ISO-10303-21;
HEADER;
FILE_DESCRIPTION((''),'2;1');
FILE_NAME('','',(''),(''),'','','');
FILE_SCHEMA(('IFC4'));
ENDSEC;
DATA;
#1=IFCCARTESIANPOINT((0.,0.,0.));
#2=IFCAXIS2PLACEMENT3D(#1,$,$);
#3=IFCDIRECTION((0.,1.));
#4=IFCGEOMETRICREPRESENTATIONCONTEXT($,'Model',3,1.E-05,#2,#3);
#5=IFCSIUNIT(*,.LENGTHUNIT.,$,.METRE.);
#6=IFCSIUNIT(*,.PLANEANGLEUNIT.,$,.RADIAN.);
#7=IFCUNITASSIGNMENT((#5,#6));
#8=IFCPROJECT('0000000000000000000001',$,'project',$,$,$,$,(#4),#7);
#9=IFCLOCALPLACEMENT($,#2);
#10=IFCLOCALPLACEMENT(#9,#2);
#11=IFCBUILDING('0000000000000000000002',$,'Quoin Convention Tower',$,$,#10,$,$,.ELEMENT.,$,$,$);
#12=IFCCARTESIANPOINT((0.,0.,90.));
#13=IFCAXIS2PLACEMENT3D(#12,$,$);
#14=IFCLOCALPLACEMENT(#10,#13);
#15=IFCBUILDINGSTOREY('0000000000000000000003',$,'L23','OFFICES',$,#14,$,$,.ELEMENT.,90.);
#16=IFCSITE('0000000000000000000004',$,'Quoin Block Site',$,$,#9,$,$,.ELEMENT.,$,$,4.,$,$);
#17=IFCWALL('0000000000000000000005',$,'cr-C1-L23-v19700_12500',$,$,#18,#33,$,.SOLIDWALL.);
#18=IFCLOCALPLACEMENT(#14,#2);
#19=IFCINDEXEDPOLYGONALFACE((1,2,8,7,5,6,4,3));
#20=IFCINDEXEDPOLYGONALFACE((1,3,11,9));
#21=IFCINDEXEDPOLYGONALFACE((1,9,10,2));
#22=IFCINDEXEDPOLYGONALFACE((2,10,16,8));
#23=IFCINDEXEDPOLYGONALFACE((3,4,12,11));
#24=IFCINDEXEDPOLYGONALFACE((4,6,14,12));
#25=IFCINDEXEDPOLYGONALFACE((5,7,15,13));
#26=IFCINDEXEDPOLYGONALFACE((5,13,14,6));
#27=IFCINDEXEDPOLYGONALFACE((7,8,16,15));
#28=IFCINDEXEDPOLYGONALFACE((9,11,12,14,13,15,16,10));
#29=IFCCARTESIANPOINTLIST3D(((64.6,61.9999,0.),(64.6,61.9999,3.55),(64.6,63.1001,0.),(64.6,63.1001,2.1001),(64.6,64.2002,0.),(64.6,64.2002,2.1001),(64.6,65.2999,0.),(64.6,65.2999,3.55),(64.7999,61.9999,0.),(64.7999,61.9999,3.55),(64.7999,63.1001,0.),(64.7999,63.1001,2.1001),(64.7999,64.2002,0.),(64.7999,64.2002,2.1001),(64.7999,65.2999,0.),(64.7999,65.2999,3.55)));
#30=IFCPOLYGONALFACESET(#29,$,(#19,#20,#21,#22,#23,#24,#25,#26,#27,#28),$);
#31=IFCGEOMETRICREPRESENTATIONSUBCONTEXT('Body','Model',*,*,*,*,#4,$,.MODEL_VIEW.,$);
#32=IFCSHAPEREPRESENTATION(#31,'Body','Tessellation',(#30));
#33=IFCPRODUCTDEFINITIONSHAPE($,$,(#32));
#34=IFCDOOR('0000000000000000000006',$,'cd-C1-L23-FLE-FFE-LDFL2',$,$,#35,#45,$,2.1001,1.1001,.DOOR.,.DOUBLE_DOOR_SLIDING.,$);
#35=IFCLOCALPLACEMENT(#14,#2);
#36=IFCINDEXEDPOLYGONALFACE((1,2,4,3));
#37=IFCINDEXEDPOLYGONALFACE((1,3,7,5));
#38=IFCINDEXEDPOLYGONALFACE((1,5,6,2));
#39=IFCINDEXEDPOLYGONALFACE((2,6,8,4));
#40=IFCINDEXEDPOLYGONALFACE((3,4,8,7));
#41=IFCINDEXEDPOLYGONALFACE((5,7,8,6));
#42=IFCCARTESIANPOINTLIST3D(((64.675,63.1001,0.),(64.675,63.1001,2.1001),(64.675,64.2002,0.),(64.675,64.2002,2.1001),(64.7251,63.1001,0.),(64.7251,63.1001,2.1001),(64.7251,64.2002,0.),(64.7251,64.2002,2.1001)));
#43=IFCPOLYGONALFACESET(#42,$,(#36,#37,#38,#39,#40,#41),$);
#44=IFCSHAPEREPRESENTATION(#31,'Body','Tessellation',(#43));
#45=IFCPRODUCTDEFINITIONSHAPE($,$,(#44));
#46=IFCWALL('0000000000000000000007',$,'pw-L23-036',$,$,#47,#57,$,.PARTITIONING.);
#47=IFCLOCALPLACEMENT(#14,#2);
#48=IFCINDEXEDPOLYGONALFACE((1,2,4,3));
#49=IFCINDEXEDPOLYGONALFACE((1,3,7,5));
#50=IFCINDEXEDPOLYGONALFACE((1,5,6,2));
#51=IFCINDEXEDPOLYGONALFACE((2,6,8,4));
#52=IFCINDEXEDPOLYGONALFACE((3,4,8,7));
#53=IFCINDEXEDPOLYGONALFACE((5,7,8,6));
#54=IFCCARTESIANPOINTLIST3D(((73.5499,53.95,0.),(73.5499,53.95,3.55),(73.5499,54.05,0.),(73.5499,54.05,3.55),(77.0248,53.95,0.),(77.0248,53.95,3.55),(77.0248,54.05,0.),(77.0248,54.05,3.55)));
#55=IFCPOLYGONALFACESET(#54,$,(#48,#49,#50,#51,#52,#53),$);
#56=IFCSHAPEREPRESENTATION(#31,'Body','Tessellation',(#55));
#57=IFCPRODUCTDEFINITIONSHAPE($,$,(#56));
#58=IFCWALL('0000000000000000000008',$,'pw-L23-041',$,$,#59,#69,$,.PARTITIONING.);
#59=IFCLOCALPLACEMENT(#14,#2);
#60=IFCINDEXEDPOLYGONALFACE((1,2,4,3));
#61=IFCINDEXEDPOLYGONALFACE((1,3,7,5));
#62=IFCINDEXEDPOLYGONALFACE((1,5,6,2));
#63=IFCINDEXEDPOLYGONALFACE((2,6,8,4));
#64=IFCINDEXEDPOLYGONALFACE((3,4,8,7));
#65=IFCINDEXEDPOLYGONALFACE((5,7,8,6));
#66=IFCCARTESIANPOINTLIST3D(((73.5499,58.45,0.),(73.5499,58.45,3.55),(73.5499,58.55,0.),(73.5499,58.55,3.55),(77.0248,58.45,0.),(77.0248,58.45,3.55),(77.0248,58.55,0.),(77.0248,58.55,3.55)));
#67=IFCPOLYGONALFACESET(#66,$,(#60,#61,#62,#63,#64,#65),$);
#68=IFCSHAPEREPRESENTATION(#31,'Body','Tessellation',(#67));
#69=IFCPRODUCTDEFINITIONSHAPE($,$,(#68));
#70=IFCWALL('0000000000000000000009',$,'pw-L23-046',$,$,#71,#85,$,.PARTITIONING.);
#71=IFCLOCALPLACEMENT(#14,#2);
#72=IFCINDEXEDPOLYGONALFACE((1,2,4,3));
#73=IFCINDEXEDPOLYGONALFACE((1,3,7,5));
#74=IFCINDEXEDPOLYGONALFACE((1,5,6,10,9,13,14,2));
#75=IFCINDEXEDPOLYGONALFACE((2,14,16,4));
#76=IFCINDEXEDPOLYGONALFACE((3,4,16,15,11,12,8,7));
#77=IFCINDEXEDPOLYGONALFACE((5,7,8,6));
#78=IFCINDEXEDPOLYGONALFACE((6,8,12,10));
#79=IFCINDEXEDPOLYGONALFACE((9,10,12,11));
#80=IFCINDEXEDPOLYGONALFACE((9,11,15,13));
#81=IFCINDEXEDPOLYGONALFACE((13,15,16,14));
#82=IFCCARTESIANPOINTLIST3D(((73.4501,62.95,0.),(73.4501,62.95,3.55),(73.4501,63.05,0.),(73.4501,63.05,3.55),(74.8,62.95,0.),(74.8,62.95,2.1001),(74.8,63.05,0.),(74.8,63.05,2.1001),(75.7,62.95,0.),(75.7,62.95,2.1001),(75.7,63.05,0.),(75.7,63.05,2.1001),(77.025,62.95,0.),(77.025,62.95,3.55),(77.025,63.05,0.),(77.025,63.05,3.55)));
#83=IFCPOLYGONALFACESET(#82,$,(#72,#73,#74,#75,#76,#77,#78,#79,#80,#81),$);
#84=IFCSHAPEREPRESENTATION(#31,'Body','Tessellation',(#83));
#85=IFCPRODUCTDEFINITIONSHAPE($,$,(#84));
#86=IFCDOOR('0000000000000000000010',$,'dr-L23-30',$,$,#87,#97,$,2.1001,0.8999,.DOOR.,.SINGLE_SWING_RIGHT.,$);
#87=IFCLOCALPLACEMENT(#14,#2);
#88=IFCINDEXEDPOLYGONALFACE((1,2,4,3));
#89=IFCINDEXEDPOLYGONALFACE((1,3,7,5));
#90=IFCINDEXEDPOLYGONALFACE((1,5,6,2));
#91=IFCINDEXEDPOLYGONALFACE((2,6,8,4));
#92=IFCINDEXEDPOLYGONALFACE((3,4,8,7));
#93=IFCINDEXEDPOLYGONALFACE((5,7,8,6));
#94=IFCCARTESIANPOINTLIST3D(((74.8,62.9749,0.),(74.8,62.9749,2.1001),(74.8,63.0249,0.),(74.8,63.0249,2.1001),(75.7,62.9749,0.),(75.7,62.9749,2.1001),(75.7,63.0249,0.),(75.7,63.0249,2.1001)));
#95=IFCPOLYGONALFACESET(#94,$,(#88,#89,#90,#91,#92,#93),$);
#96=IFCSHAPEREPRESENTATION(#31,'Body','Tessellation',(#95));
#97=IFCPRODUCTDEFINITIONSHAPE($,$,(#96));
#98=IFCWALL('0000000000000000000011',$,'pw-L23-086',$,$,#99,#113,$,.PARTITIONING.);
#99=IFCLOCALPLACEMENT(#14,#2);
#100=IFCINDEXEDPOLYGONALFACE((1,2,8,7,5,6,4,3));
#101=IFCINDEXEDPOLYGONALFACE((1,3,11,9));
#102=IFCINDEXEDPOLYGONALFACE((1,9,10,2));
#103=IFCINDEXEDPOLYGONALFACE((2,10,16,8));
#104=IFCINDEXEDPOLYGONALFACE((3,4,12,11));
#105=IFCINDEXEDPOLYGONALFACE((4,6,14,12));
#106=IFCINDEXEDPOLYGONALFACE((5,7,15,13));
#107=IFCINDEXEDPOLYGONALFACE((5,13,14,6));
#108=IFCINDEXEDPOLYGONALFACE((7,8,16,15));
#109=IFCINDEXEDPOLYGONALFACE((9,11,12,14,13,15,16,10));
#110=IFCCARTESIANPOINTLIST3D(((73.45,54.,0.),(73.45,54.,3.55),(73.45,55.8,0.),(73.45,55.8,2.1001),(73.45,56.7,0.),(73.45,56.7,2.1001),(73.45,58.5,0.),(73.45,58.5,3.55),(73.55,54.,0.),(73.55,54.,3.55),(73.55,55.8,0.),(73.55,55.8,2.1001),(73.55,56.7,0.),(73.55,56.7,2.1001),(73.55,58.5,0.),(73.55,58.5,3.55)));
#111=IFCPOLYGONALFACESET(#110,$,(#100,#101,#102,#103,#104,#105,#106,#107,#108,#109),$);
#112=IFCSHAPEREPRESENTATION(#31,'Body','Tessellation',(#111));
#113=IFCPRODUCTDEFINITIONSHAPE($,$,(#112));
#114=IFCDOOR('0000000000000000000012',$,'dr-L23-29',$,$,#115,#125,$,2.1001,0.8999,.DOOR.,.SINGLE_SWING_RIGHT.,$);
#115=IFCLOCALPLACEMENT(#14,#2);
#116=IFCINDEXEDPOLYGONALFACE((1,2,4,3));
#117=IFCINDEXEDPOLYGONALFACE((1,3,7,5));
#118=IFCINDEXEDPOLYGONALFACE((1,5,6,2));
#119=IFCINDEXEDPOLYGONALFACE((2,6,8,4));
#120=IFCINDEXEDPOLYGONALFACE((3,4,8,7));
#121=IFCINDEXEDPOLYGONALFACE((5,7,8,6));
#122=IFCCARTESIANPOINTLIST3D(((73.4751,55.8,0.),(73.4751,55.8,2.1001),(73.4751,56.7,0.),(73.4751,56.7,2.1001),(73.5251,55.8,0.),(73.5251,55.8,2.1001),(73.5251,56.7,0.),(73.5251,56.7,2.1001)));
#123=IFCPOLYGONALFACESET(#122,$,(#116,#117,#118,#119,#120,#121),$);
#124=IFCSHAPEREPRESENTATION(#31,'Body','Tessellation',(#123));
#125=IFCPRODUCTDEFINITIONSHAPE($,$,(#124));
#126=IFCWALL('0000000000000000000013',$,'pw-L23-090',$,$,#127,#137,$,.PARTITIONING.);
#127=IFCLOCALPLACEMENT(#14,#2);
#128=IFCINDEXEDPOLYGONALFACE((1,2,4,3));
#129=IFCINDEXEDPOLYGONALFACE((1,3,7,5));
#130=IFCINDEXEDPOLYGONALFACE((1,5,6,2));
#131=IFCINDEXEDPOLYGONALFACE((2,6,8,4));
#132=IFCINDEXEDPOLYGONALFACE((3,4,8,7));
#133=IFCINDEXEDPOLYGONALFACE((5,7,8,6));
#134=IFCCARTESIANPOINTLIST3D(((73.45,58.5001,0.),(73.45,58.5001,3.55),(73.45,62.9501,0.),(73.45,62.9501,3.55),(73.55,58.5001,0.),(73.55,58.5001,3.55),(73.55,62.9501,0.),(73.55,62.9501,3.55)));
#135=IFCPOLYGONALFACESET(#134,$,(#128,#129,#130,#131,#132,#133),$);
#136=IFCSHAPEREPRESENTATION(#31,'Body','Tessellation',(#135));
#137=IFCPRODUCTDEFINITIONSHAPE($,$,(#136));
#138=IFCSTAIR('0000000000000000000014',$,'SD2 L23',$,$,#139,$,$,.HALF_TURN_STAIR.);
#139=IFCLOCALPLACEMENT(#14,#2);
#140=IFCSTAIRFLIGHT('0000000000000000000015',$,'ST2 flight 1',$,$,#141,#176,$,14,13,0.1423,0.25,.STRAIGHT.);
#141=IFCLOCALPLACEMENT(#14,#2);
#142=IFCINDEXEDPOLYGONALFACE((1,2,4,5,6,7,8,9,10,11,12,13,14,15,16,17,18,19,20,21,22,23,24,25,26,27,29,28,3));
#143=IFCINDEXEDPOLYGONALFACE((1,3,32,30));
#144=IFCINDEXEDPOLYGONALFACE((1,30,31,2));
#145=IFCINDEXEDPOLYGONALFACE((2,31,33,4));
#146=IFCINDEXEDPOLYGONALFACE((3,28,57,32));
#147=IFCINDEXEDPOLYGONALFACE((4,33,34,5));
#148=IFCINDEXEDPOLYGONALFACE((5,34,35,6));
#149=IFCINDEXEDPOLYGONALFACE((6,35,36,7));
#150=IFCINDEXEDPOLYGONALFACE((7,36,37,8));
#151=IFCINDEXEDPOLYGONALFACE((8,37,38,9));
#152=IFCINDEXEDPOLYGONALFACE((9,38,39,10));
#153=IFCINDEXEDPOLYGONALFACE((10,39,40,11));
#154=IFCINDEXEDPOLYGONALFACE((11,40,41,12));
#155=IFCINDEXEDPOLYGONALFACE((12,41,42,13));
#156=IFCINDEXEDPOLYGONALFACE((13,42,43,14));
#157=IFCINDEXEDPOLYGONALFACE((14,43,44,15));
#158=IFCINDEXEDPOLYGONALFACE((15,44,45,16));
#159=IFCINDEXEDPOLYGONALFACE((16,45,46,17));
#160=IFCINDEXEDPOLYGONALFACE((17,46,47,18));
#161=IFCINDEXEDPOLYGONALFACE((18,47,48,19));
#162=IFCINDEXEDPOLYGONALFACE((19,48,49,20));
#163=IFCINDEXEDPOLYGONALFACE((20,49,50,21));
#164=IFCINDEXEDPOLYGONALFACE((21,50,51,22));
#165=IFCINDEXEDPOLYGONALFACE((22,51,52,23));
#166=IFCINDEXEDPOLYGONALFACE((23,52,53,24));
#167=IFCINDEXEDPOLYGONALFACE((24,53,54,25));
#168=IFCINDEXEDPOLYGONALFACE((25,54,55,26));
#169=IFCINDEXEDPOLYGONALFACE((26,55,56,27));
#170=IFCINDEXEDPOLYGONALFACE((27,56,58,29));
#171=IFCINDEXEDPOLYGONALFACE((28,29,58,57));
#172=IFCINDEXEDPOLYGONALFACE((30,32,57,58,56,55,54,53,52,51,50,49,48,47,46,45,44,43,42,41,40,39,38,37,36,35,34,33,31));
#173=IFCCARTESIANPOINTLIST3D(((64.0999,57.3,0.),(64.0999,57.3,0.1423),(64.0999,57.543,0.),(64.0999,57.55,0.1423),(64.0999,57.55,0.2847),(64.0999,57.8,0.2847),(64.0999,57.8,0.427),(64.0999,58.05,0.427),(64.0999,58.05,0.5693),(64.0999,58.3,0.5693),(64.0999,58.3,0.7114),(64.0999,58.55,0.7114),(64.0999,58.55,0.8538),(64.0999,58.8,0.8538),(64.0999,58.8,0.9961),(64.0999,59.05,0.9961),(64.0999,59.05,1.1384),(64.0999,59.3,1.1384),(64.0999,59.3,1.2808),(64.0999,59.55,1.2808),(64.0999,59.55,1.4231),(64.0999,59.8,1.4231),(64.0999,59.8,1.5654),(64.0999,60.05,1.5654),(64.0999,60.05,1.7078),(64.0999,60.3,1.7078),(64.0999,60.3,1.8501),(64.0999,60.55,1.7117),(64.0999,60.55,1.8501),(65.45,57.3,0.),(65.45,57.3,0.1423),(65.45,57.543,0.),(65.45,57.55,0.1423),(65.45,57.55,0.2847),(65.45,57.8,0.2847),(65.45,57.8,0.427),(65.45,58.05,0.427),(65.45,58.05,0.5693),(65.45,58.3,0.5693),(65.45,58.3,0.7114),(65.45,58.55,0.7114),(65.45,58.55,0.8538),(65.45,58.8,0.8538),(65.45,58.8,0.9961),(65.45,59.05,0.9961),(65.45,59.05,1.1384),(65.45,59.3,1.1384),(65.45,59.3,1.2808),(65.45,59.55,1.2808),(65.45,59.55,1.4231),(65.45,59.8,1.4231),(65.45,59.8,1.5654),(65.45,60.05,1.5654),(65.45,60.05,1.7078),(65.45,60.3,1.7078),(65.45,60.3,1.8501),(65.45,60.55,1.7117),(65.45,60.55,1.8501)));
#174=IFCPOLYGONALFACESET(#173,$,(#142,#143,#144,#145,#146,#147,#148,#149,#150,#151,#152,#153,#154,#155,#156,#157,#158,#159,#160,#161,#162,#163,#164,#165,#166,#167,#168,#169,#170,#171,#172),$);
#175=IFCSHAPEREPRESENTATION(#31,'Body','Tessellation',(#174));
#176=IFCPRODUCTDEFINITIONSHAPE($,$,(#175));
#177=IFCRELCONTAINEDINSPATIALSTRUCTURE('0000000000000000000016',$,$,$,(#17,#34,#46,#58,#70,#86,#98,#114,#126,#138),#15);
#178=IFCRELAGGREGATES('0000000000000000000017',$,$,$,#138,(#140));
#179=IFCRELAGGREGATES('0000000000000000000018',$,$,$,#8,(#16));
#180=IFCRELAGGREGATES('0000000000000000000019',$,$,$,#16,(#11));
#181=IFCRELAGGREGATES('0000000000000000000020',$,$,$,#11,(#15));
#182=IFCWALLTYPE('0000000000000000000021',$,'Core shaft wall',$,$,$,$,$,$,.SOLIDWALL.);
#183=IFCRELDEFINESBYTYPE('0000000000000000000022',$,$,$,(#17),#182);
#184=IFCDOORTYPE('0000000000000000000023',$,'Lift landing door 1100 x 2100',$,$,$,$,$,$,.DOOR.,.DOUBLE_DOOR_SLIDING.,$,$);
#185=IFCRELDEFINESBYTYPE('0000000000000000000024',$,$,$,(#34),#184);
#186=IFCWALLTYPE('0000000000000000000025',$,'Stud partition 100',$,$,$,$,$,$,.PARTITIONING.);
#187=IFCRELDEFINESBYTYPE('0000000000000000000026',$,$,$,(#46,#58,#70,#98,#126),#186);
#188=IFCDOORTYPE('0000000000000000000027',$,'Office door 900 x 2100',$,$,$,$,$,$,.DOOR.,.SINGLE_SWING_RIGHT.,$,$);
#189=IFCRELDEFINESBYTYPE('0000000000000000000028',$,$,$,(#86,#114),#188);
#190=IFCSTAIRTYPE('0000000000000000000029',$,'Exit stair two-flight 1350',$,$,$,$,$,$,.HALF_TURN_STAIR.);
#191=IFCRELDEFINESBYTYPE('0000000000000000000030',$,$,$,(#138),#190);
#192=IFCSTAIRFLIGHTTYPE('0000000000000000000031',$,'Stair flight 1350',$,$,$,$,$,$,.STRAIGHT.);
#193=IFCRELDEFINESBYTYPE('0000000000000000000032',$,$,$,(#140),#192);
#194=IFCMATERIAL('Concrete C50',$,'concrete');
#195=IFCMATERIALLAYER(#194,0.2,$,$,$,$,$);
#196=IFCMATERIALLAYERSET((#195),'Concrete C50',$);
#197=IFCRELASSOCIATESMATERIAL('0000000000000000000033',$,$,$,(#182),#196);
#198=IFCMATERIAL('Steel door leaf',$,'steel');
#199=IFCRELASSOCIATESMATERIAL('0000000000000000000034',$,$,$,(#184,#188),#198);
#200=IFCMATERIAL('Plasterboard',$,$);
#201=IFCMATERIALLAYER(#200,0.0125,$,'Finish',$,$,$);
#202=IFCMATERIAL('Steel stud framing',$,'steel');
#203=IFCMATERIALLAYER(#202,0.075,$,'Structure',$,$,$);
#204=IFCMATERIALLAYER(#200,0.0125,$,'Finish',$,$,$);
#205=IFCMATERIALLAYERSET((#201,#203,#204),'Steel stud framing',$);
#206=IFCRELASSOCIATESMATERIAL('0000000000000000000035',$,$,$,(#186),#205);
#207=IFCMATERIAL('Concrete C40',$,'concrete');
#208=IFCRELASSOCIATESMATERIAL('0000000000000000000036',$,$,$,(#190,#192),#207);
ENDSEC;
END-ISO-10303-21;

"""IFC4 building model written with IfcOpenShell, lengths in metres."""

from ifc_helpers import new_model, si_unit, direction, frame, frame_2d, origin, place, context, subcontext, project, spatial, polyline, rectangle, outline, extrude, material, layer, layer_set, type_object, element, fill, aggregate, save


model = new_model("IFC4")

# Units and contexts
model_context = context("Model", 3, precision=1e-05, world=origin(), true_north=direction((0.0, 1.0)))
body_context = subcontext(model_context, "Body", "Model", "MODEL_VIEW")
ifc_project = project(units=[si_unit("LENGTHUNIT", "METRE"), si_unit("PLANEANGLEUNIT", "RADIAN")], contexts=[model_context])

# Site, building, storey
site_placement = place(None, origin())
site = spatial("IfcSite", under=ifc_project, at=site_placement, Name="Quoin Block Site", CompositionType="ELEMENT", RefElevation=4.0)
building_placement = place(site_placement, origin())
building = spatial("IfcBuilding", under=site, at=building_placement, Name="Quoin Convention Tower", CompositionType="ELEMENT")
storey_placement = place(building_placement, frame((0.0, 0.0, 90.0)))
storey = spatial("IfcBuildingStorey", under=building, at=storey_placement, Name="L23", Description="OFFICES", CompositionType="ELEMENT", Elevation=90.0)

# Shared definitions
ifc_material_1 = material(Name="Plasterboard")
ifc_material_2 = material(Name="Steel stud framing", Category="steel")
ifc_material_3 = material(Name="Concrete C50", Category="concrete")
ifc_layer_1 = layer(ifc_material_3, 0.2)
ifc_layer_set_1 = layer_set([ifc_layer_1], Name="Concrete C50")
wall_type_1 = type_object("IfcWallType", Name="Core shaft wall", PredefinedType="SOLIDWALL", material=ifc_layer_set_1)

# Wall, opening, door
wall_1_placement = place(storey_placement, frame((64.7, 62.0, 0.0), z_axis=(0.0, 0.0, 1.0), x_axis=(0.0, 1.0, 0.0)))
wall_1 = element("IfcWall", 1, at=wall_1_placement, inside=storey, type_object=wall_type_1, Name="cr-C1-L23-v19700_12500", PredefinedType="SOLIDWALL", context=body_context, shape_type="SweptSolid", body=[
    extrude(rectangle(XDim=3.3, YDim=0.2, at=frame_2d((1.6499, 0.0))), origin(), (0.0, 0.0, 1.0), 3.55),
])
opening_1_placement = place(wall_1_placement, frame((1.1001, 0.0, 0.0)))
opening_1 = element("IfcOpeningElement", 2, at=opening_1_placement, cuts=wall_1, PredefinedType="OPENING", context=body_context, shape_type="SweptSolid", body=[
    extrude(rectangle(XDim=1.1001, YDim=2.1001, at=frame_2d((0.55, 1.05))), frame((0.0, 0.1099, 0.0), z_axis=(0.0, -1.0, 0.0), x_axis=(1.0, 0.0, 0.0)), (0.0, 0.0, 1.0), 0.22),
])
ifc_material_4 = material(Name="Steel door leaf", Category="steel")
door_type_1 = type_object("IfcDoorType", Name="Lift landing door 1100 x 2100", OperationType="DOUBLE_DOOR_SLIDING", PredefinedType="DOOR", material=ifc_material_4)
door_1_placement = place(opening_1_placement, origin())
door_1 = element("IfcDoor", 3, at=door_1_placement, inside=storey, type_object=door_type_1, Name="cd-C1-L23-FLE-FFE-LDFL2", OperationType="DOUBLE_DOOR_SLIDING", OverallHeight=2.1001, OverallWidth=1.1001, PredefinedType="DOOR", context=body_context, shape_type="SweptSolid", body=[
    extrude(rectangle(XDim=1.1001, YDim=2.1001, at=frame_2d((0.55, 1.05))), frame((0.0, 0.0249, 0.0), z_axis=(0.0, -1.0, 0.0), x_axis=(1.0, 0.0, 0.0)), (0.0, 0.0, 1.0), 0.05),
])
fill(opening_1, door_1)

# Walls
ifc_layer_2 = layer(ifc_material_1, 0.0125, Name="Finish")
ifc_layer_3 = layer(ifc_material_2, 0.075, Name="Structure")
ifc_layer_4 = layer(ifc_material_1, 0.0125, Name="Finish")
ifc_layer_set_2 = layer_set([ifc_layer_2, ifc_layer_3, ifc_layer_4], Name="Steel stud framing")
wall_type_2 = type_object("IfcWallType", Name="Stud partition 100", PredefinedType="PARTITIONING", material=ifc_layer_set_2)
for number, where, z_axis, x_axis, name in (
    (4, (73.55, 54.0, 0.0), (0.0, 0.0, 1.0), (1.0, 0.0, 0.0), "pw-L23-036"),
    (5, (73.55, 58.5, 0.0), (0.0, 0.0, 1.0), (1.0, 0.0, 0.0), "pw-L23-041"),
):
    element("IfcWall", number, at=place(storey_placement, frame(where, z_axis=z_axis, x_axis=x_axis)), inside=storey, type_object=wall_type_2, Name=name, PredefinedType="PARTITIONING", context=body_context, shape_type="SweptSolid", body=[
        extrude(rectangle(XDim=3.4749, YDim=0.1001, at=frame_2d((1.7373, 0.0))), origin(), (0.0, 0.0, 1.0), 3.55),
    ])

# Walls, openings, doors
wall_2_placement = place(storey_placement, frame((73.45, 63.0, 0.0), z_axis=(0.0, 0.0, 1.0), x_axis=(1.0, 0.0, 0.0)))
wall_2 = element("IfcWall", 6, at=wall_2_placement, inside=storey, type_object=wall_type_2, Name="pw-L23-046", PredefinedType="PARTITIONING", context=body_context, shape_type="SweptSolid", body=[
    extrude(rectangle(XDim=3.575, YDim=0.1001, at=frame_2d((1.7876, 0.0))), origin(), (0.0, 0.0, 1.0), 3.55),
])
opening_2_placement = place(wall_2_placement, frame((1.3501, 0.0, 0.0)))
opening_2 = element("IfcOpeningElement", 7, at=opening_2_placement, cuts=wall_2, PredefinedType="OPENING", context=body_context, shape_type="SweptSolid", body=[
    extrude(rectangle(XDim=0.8999, YDim=2.1001, at=frame_2d((0.45, 1.05))), frame((0.0, 0.0601, 0.0), z_axis=(0.0, -1.0, 0.0), x_axis=(1.0, 0.0, 0.0)), (0.0, 0.0, 1.0), 0.1201),
])
door_type_2 = type_object("IfcDoorType", Name="Office door 900 x 2100", OperationType="SINGLE_SWING_RIGHT", PredefinedType="DOOR", material=ifc_material_4)
door_2_placement = place(opening_2_placement, origin())
door_2 = element("IfcDoor", 8, at=door_2_placement, inside=storey, type_object=door_type_2, Name="dr-L23-30", OperationType="SINGLE_SWING_RIGHT", OverallHeight=2.1001, OverallWidth=0.8999, PredefinedType="DOOR", context=body_context, shape_type="SweptSolid", body=[
    extrude(rectangle(XDim=0.8999, YDim=2.1001, at=frame_2d((0.45, 1.05))), frame((0.0, 0.0249, 0.0), z_axis=(0.0, -1.0, 0.0), x_axis=(1.0, 0.0, 0.0)), (0.0, 0.0, 1.0), 0.05),
])
fill(opening_2, door_2)
wall_3_placement = place(storey_placement, frame((73.5, 54.0, 0.0), z_axis=(0.0, 0.0, 1.0), x_axis=(0.0, 1.0, 0.0)))
wall_3 = element("IfcWall", 9, at=wall_3_placement, inside=storey, type_object=wall_type_2, Name="pw-L23-086", PredefinedType="PARTITIONING", context=body_context, shape_type="SweptSolid", body=[
    extrude(rectangle(XDim=4.5, YDim=0.1001, at=frame_2d((2.25, 0.0))), origin(), (0.0, 0.0, 1.0), 3.55),
])
opening_3_placement = place(wall_3_placement, frame((1.8, 0.0, 0.0)))
opening_3 = element("IfcOpeningElement", 10, at=opening_3_placement, cuts=wall_3, PredefinedType="OPENING", context=body_context, shape_type="SweptSolid", body=[
    extrude(rectangle(XDim=0.8999, YDim=2.1001, at=frame_2d((0.45, 1.05))), frame((0.0, 0.0601, 0.0), z_axis=(0.0, -1.0, 0.0), x_axis=(1.0, 0.0, 0.0)), (0.0, 0.0, 1.0), 0.1201),
])
door_3_placement = place(opening_3_placement, origin())
door_3 = element("IfcDoor", 11, at=door_3_placement, inside=storey, type_object=door_type_2, Name="dr-L23-29", OperationType="SINGLE_SWING_RIGHT", OverallHeight=2.1001, OverallWidth=0.8999, PredefinedType="DOOR", context=body_context, shape_type="SweptSolid", body=[
    extrude(rectangle(XDim=0.8999, YDim=2.1001, at=frame_2d((0.45, 1.05))), frame((0.0, 0.0249, 0.0), z_axis=(0.0, -1.0, 0.0), x_axis=(1.0, 0.0, 0.0)), (0.0, 0.0, 1.0), 0.05),
])
fill(opening_3, door_3)

# Wall
wall_4_placement = place(storey_placement, frame((73.5, 58.5, 0.0), z_axis=(0.0, 0.0, 1.0), x_axis=(0.0, 1.0, 0.0)))
element("IfcWall", 12, at=wall_4_placement, inside=storey, type_object=wall_type_2, Name="pw-L23-090", PredefinedType="PARTITIONING", context=body_context, shape_type="SweptSolid", body=[
    extrude(rectangle(XDim=4.45, YDim=0.1001, at=frame_2d((2.2251, 0.0))), origin(), (0.0, 0.0, 1.0), 3.55),
])

# Stair, stair flight
ifc_material_5 = material(Name="Concrete C40", Category="concrete")
stair_type = type_object("IfcStairType", Name="Exit stair two-flight 1350", PredefinedType="HALF_TURN_STAIR", material=ifc_material_5)
stair_placement = place(storey_placement, origin())
stair = element("IfcStair", 13, at=stair_placement, inside=storey, type_object=stair_type, Name="SD2 L23", PredefinedType="HALF_TURN_STAIR")
stair_flight_type = type_object("IfcStairFlightType", Name="Stair flight 1350", PredefinedType="STRAIGHT", material=ifc_material_5)
stair_flight_1_placement = place(storey_placement, frame((64.7749, 57.3, 0.0), z_axis=(0.0, 0.0, 1.0), x_axis=(0.0, 1.0, 0.0)))
stair_flight_1 = element("IfcStairFlight", 14, at=stair_flight_1_placement, type_object=stair_flight_type, Name="ST2 flight 1", NumberOfRisers=14, NumberOfTreads=13, PredefinedType="STRAIGHT", RiserHeight=0.1423, TreadLength=0.25, context=body_context, shape_type="SweptSolid", body=[
    extrude(outline(polyline([(0.0, 0.0), (0.0, 0.1423), (0.25, 0.1423), (0.25, 0.2847), (0.5, 0.2847), (0.5, 0.427), (0.75, 0.427), (0.75, 0.5693), (1.0, 0.5693), (1.0, 0.7114), (1.25, 0.7114), (1.25, 0.8538), (1.5, 0.8538), (1.5, 0.9961), (1.75, 0.9961), (1.75, 1.1384), (2.0, 1.1384), (2.0, 1.2808), (2.25, 1.2808), (2.25, 1.4231), (2.5, 1.4231), (2.5, 1.5654), (2.75, 1.5654), (2.75, 1.7078), (3.0, 1.7078), (3.0, 1.8501), (3.25, 1.8501), (3.25, 1.9922), (3.25, 1.7117), (0.2429, 0.0), (0.0, 0.0)])), frame((0.0, 0.675, 0.0), z_axis=(0.0, -1.0, 0.0), x_axis=(1.0, 0.0, 0.0)), (0.0, 0.0, 1.0), 1.3501),
])
aggregate(stair, [stair_flight_1])

save(model, "model.ifc")
